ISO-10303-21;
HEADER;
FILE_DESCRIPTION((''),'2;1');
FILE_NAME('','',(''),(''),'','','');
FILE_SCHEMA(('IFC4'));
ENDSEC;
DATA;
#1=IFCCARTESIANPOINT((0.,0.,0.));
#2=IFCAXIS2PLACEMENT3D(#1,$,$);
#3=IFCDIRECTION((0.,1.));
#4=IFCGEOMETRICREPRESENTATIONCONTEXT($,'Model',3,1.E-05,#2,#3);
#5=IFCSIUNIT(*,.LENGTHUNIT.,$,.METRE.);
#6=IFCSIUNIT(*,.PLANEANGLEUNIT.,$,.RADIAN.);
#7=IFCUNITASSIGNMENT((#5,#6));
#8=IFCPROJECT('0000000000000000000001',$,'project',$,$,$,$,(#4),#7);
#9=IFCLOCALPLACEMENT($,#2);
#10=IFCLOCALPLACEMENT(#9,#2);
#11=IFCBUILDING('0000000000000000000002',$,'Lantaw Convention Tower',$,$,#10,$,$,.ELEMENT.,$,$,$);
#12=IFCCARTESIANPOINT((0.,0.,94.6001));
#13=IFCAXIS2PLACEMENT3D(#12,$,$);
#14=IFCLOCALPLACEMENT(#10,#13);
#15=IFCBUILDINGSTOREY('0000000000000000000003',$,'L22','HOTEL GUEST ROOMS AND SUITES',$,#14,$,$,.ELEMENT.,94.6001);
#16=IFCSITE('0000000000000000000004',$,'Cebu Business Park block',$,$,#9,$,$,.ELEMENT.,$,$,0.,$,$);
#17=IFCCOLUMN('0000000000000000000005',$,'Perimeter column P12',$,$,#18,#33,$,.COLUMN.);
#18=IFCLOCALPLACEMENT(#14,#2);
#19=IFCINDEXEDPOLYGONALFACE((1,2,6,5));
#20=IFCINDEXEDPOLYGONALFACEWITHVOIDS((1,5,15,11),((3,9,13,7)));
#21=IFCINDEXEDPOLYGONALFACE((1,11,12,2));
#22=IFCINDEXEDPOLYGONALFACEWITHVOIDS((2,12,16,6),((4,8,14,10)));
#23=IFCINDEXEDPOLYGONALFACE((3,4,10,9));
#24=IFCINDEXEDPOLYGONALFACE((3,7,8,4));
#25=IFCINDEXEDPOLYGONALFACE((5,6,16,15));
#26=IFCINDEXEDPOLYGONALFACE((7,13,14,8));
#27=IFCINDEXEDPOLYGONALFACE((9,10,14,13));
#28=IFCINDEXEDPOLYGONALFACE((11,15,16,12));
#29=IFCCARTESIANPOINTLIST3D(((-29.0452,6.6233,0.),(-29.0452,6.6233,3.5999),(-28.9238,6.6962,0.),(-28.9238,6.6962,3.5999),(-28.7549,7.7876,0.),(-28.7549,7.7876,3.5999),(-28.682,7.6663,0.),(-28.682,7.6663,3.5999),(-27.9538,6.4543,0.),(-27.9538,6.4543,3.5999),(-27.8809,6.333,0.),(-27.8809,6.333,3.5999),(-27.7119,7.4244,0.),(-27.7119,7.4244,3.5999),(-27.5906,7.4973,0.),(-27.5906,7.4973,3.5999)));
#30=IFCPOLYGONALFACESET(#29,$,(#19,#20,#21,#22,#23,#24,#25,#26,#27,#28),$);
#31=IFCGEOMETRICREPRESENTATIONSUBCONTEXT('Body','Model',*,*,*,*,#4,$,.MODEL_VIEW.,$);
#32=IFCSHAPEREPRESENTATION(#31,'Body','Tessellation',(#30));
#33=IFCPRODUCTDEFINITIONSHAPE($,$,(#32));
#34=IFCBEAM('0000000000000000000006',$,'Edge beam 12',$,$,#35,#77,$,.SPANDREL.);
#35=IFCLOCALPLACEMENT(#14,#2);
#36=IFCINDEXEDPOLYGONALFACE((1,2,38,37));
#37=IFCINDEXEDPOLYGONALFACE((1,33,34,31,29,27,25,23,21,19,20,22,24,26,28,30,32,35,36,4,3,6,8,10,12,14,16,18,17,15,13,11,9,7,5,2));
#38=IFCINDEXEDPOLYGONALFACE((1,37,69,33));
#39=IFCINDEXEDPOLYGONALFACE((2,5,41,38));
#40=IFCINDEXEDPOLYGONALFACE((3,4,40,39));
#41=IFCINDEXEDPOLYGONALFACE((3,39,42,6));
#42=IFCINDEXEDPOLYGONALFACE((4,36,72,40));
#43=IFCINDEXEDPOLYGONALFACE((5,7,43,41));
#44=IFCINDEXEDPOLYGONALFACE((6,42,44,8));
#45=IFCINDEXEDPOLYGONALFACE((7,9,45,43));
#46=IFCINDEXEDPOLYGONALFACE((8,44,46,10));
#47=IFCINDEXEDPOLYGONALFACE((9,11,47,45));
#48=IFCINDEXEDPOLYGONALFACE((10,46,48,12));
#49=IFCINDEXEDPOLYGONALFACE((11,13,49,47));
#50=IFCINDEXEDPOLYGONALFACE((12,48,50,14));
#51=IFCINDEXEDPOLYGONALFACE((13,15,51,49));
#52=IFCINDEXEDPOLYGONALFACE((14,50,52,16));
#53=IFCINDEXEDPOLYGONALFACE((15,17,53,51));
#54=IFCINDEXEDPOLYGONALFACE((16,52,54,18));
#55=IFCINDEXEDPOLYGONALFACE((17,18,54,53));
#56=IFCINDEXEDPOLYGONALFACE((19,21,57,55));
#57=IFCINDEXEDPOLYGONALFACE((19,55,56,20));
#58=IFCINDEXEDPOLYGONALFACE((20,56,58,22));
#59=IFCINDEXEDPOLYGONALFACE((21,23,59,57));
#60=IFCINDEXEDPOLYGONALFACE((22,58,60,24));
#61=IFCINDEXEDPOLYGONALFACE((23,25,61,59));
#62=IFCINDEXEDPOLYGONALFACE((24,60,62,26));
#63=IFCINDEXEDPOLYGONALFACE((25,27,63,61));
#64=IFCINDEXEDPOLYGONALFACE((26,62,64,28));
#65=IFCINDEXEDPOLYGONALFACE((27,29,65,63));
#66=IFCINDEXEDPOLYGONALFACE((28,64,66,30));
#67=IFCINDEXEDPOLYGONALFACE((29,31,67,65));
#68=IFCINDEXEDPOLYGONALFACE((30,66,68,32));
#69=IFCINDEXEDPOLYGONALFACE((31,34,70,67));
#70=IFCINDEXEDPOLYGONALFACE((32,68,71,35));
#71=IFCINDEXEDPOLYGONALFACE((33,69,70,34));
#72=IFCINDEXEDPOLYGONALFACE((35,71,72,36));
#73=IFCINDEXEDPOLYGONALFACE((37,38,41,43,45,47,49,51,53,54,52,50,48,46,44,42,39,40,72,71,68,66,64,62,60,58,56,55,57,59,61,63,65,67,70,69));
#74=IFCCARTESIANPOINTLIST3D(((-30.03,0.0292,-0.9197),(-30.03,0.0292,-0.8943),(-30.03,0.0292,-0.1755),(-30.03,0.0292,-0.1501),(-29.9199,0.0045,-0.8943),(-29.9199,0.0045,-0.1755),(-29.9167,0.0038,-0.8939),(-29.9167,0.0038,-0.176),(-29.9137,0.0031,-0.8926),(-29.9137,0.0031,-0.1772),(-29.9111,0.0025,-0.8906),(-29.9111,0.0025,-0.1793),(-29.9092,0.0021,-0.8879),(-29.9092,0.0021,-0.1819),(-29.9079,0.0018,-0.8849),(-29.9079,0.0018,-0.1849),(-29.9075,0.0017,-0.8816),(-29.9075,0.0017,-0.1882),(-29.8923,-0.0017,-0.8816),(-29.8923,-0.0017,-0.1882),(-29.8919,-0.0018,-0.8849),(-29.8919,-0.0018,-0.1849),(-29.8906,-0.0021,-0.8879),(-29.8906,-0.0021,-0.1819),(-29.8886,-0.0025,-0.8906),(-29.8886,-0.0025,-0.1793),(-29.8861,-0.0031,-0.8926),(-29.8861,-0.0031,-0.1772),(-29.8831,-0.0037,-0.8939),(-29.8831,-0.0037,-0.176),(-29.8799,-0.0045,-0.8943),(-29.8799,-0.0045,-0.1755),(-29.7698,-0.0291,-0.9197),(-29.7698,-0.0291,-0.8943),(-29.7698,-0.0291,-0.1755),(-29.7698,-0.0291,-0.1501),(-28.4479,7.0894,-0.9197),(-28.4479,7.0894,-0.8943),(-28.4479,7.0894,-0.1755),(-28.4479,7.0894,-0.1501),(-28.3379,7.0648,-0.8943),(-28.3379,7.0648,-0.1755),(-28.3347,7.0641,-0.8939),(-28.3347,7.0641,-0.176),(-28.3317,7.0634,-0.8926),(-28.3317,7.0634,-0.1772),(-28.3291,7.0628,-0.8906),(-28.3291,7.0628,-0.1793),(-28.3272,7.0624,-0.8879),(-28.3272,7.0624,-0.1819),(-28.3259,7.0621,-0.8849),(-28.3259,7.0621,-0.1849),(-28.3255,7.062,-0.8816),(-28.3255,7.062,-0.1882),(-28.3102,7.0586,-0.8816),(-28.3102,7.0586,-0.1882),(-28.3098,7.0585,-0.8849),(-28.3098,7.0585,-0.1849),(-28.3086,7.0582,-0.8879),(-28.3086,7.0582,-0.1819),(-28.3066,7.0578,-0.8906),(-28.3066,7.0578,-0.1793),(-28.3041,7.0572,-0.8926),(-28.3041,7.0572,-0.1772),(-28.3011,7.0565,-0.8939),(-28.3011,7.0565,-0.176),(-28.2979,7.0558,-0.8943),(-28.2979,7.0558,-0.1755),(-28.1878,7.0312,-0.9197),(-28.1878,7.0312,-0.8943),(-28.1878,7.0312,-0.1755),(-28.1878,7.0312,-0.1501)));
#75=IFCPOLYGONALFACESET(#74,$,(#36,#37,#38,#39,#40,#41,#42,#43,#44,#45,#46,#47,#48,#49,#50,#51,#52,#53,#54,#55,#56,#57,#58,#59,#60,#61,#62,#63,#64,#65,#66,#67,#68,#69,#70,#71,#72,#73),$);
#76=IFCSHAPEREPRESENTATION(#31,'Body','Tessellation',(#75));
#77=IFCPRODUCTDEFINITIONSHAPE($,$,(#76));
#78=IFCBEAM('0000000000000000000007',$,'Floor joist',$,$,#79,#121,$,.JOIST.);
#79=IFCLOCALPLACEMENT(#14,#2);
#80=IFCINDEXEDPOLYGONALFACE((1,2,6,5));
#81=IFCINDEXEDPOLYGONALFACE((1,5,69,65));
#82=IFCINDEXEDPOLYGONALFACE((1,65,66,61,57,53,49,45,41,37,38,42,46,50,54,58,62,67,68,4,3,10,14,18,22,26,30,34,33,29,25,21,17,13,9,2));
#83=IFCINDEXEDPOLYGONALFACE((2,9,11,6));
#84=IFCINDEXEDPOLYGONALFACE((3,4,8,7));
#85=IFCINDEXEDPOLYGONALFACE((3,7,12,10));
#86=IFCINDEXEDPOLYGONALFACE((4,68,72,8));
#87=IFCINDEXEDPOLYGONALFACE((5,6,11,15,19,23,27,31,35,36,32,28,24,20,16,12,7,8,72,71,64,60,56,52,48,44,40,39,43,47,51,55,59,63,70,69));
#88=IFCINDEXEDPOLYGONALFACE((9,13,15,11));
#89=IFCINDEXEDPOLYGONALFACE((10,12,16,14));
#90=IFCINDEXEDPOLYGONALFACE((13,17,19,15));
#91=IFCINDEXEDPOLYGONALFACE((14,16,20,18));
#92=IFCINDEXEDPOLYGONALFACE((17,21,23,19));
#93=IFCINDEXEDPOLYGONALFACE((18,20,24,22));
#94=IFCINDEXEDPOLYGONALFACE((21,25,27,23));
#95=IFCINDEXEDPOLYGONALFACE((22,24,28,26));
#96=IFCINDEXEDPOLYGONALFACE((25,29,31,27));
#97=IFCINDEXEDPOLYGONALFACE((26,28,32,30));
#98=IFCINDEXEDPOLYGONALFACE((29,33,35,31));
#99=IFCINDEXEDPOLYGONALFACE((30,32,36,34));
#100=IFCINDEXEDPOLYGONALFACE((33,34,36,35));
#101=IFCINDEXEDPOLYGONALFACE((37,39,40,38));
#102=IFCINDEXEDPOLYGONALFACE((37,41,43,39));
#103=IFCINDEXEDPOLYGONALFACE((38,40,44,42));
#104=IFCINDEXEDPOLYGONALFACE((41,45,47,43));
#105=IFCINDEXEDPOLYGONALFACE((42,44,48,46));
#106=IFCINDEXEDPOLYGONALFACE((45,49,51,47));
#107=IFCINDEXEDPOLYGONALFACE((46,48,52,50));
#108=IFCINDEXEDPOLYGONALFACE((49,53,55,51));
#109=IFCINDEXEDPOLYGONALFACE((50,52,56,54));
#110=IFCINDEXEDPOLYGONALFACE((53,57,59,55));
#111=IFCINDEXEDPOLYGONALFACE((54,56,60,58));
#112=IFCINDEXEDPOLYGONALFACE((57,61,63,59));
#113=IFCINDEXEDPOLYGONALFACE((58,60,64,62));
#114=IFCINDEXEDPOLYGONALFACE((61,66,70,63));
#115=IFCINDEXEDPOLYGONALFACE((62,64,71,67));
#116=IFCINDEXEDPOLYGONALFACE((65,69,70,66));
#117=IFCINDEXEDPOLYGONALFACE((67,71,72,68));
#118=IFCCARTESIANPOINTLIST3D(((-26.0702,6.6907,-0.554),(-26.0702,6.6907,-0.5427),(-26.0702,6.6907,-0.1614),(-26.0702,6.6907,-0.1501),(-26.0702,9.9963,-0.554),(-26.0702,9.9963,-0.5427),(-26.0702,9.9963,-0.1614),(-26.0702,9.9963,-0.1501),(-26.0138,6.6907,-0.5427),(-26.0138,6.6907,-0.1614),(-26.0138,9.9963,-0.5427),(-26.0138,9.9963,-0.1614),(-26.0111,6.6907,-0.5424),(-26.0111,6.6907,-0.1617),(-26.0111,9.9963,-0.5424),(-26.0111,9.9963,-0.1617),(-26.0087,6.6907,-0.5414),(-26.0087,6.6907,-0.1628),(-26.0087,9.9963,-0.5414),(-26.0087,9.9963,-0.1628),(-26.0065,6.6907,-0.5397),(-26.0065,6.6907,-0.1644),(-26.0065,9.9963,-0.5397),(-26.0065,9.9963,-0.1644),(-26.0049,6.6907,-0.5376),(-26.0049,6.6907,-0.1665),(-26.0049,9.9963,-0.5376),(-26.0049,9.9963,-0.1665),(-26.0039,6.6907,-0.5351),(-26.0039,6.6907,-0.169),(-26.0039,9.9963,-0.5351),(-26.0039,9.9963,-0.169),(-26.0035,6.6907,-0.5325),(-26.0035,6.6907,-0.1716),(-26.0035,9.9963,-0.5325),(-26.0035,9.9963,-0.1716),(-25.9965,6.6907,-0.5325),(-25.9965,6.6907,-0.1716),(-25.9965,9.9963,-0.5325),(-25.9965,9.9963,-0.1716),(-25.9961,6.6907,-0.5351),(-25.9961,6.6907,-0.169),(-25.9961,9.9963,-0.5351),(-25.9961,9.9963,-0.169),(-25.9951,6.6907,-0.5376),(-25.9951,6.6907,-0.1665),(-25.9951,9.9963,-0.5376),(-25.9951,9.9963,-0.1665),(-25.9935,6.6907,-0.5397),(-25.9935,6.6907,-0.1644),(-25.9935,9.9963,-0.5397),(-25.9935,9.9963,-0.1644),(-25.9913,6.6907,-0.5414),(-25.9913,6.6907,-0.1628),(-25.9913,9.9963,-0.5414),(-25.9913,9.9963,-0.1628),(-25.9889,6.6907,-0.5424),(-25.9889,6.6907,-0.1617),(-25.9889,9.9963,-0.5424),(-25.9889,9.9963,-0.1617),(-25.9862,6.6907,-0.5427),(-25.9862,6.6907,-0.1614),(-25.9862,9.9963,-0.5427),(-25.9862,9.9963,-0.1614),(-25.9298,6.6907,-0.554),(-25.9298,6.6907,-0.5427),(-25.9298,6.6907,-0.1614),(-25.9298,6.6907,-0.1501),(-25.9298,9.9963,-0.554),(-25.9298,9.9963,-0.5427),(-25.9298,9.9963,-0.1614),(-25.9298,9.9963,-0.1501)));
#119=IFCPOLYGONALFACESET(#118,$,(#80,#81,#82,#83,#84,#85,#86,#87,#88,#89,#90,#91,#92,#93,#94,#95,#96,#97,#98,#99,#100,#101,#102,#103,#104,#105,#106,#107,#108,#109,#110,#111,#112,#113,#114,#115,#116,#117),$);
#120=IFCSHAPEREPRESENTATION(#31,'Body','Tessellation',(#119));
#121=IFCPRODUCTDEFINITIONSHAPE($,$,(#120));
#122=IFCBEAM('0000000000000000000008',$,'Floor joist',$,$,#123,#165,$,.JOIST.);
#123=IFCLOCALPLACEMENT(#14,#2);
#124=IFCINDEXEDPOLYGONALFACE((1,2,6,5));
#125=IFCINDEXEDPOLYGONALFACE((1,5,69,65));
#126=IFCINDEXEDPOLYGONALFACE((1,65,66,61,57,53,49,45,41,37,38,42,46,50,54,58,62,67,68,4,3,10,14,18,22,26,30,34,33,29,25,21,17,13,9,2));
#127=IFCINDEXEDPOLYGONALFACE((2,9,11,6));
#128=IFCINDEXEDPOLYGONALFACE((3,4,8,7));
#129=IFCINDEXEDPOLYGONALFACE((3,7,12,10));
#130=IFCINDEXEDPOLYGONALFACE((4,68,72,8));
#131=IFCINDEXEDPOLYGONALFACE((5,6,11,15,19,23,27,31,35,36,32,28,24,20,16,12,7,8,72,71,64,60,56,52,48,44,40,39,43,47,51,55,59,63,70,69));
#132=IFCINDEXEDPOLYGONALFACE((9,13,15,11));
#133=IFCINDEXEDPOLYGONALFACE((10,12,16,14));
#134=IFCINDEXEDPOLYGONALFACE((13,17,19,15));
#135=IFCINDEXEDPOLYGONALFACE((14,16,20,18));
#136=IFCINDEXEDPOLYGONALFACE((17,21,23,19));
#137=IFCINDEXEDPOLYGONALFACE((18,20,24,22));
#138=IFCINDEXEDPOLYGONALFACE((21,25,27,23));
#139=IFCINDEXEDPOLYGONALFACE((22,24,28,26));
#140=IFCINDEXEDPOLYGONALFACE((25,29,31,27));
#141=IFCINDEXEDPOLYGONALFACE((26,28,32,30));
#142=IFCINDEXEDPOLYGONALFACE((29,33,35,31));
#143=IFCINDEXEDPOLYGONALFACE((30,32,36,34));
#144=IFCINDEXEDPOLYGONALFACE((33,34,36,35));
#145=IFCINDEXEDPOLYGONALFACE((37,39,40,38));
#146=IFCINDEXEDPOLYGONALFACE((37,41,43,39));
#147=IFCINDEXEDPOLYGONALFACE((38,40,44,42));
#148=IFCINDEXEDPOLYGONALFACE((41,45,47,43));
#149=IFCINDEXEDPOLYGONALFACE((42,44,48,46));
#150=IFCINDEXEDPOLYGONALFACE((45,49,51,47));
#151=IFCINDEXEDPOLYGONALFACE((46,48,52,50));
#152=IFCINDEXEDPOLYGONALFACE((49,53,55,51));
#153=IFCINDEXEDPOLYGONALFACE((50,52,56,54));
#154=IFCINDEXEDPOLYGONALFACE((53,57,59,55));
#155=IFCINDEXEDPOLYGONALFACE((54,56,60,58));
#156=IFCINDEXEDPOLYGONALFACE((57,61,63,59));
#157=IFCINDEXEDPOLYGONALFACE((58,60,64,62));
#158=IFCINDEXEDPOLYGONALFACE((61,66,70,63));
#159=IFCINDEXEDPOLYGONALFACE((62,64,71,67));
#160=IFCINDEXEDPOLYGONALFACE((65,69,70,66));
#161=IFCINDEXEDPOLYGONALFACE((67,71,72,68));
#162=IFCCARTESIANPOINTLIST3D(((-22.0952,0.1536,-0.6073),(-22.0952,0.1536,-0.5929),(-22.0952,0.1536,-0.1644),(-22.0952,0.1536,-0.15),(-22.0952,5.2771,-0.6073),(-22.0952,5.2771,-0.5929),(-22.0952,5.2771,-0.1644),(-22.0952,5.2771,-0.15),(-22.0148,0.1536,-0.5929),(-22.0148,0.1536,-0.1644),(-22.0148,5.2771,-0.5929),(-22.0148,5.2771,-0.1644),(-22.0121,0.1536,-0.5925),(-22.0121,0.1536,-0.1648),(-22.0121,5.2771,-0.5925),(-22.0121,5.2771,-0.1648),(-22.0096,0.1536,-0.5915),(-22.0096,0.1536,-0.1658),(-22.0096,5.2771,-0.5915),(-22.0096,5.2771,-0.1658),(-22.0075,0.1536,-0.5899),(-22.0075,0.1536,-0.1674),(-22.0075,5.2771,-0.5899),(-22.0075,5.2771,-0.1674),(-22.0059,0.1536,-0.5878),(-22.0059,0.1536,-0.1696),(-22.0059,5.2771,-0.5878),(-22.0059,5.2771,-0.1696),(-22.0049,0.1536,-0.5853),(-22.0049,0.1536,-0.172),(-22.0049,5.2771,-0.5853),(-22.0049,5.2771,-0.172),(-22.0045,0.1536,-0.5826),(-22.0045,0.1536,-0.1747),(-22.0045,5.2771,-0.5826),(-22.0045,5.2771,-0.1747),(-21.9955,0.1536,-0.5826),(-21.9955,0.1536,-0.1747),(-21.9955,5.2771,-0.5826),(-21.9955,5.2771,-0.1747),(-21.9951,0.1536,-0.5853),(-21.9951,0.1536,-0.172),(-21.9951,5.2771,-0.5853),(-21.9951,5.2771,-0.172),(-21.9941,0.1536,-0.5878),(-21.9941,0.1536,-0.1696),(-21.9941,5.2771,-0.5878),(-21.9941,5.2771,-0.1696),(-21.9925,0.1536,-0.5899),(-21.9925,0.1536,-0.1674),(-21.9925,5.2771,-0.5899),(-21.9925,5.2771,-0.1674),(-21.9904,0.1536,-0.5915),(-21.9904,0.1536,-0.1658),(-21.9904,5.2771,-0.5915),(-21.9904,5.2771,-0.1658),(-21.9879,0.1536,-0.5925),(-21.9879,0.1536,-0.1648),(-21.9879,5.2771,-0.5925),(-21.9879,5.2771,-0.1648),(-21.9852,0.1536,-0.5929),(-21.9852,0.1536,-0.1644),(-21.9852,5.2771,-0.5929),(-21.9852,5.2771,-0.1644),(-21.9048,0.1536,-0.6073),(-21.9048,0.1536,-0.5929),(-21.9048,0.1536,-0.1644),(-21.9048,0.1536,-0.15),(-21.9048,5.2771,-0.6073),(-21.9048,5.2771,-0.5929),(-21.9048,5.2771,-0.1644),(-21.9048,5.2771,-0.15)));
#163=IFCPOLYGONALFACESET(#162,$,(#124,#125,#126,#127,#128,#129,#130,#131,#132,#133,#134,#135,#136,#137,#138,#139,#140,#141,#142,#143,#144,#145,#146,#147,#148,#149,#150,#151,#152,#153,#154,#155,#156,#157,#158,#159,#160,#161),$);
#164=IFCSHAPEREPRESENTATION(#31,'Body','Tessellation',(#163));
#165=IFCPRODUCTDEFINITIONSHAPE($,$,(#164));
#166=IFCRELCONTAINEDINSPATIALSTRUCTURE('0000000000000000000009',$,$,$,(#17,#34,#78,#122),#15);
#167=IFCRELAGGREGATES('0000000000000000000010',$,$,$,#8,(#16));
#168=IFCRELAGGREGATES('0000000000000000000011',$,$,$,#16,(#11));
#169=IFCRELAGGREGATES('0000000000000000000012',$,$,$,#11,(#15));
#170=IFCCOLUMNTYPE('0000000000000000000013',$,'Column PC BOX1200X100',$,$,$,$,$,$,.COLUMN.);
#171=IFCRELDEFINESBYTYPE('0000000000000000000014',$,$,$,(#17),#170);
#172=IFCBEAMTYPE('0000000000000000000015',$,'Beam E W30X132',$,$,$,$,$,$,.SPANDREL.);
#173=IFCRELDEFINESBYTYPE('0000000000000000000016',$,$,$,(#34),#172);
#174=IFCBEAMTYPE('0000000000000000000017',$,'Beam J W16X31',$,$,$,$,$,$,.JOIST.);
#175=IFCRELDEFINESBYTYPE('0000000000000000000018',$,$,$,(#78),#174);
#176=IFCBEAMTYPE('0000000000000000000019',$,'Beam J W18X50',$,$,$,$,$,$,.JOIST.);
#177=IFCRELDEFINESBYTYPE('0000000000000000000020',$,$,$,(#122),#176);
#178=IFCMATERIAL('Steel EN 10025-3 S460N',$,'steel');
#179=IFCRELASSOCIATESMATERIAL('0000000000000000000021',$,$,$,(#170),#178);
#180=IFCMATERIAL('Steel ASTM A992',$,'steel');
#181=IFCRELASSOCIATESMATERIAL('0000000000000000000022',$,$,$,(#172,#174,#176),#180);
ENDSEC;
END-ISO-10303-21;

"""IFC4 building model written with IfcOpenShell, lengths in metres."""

from ifc_helpers import new_model, si_unit, direction, frame, origin, origin_2d, place, context, subcontext, project, spatial, rectangle, hollow_rectangle, i_section, extrude, material, material_profile, profile_set, type_object, element, save


model = new_model("IFC4")

# Units and contexts
model_context = context("Model", 3, precision=1e-05, world=origin(), true_north=direction((0.0, 1.0)))
body_context = subcontext(model_context, "Body", "Model", "MODEL_VIEW")
ifc_project = project(units=[si_unit("LENGTHUNIT", "METRE"), si_unit("PLANEANGLEUNIT", "RADIAN")], contexts=[model_context])

# Site, building, storey
site_placement = place(None, origin())
site = spatial("IfcSite", under=ifc_project, at=site_placement, Name="Cebu Business Park block", CompositionType="ELEMENT", RefElevation=0.0)
building_placement = place(site_placement, origin())
building = spatial("IfcBuilding", under=site, at=building_placement, Name="Lantaw Convention Tower", CompositionType="ELEMENT")
storey_placement = place(building_placement, frame((0.0, 0.0, 94.6001)))
storey = spatial("IfcBuildingStorey", under=building, at=storey_placement, Name="L22", Description="HOTEL GUEST ROOMS AND SUITES", CompositionType="ELEMENT", Elevation=94.6001)

# Column
ifc_material_1 = material(Name="Steel EN 10025-3 S460N", Category="steel")
ifc_material_profile_1 = material_profile(ifc_material_1, hollow_rectangle(XDim=1.2, YDim=1.2, WallThickness=0.1001, at=origin_2d()), Name="BOX1200X100")
ifc_material_2 = material(Name="Concrete C60/75", Category="concrete")
ifc_material_profile_2 = material_profile(ifc_material_2, rectangle(XDim=1.0, YDim=1.0, at=origin_2d()), Name="Concrete fill of BOX1200X100")
ifc_profile_set_1 = profile_set([ifc_material_profile_1, ifc_material_profile_2], Name="Steel EN 10025-3 S460N")
column_type = type_object("IfcColumnType", Name="Column PC BOX1200X100", PredefinedType="COLUMN", material=ifc_profile_set_1)
column_placement = place(storey_placement, frame((-28.3179, 7.0603, 0.0), z_axis=(0.0, 0.0, 1.0), x_axis=(0.241922, 0.970296, 0.0)))
element("IfcColumn", 1, at=column_placement, inside=storey, type_object=column_type, Name="Perimeter column P12", PredefinedType="COLUMN", context=body_context, shape_type="SweptSolid", body=[
    extrude(hollow_rectangle(XDim=1.2, YDim=1.2, WallThickness=0.1001, at=origin_2d()), origin(), (0.0, 0.0, 1.0), 3.5999),
])

# Beams
ifc_material_3 = material(Name="Steel ASTM A992", Category="steel")
ifc_material_profile_3 = material_profile(ifc_material_3, i_section(OverallWidth=0.2666, OverallDepth=0.7695, WebThickness=0.0156, FlangeThickness=0.0254, FilletRadius=0.0127, at=origin_2d()), Name="W30X132")
ifc_profile_set_2 = profile_set([ifc_material_profile_3], Name="Steel ASTM A992")
beam_type_1 = type_object("IfcBeamType", Name="Beam E W30X132", PredefinedType="SPANDREL", material=ifc_profile_set_2)
beam_1_placement = place(storey_placement, frame((-28.3179, 7.0603, -0.5349), z_axis=(-0.218652, -0.975803, 0.0), x_axis=(0.975803, -0.218652, 0.0)))
element("IfcBeam", 2, at=beam_1_placement, inside=storey, type_object=beam_type_1, Name="Edge beam 12", PredefinedType="SPANDREL", context=body_context, shape_type="SweptSolid", body=[
    extrude(i_section(OverallWidth=0.2666, OverallDepth=0.7695, WebThickness=0.0156, FlangeThickness=0.0254, FilletRadius=0.0127, at=origin_2d()), origin(), (0.0, 0.0, 1.0), 7.2354),
])
ifc_material_profile_4 = material_profile(ifc_material_3, i_section(OverallWidth=0.1404, OverallDepth=0.4038, WebThickness=0.0071, FlangeThickness=0.0112, FilletRadius=0.0103, at=origin_2d()), Name="W16X31")
ifc_profile_set_3 = profile_set([ifc_material_profile_4], Name="Steel ASTM A992")
beam_type_2 = type_object("IfcBeamType", Name="Beam J W16X31", PredefinedType="JOIST", material=ifc_profile_set_3)
beam_2_placement = place(storey_placement, frame((-26.0, 6.6907, -0.3521), z_axis=(0.0, 1.0, 0.0), x_axis=(-1.0, 0.0, 0.0)))
element("IfcBeam", 3, at=beam_2_placement, inside=storey, type_object=beam_type_2, Name="Floor joist", PredefinedType="JOIST", context=body_context, shape_type="SweptSolid", body=[
    extrude(i_section(OverallWidth=0.1404, OverallDepth=0.4038, WebThickness=0.0071, FlangeThickness=0.0112, FilletRadius=0.0103, at=origin_2d()), origin(), (0.0, 0.0, 1.0), 3.3057),
])
ifc_material_profile_5 = material_profile(ifc_material_3, i_section(OverallWidth=0.1904, OverallDepth=0.4573, WebThickness=0.009, FlangeThickness=0.0144, FilletRadius=0.0103, at=origin_2d()), Name="W18X50")
ifc_profile_set_4 = profile_set([ifc_material_profile_5], Name="Steel ASTM A992")
beam_type_3 = type_object("IfcBeamType", Name="Beam J W18X50", PredefinedType="JOIST", material=ifc_profile_set_4)
beam_3_placement = place(storey_placement, frame((-22.0, 0.1536, -0.3787), z_axis=(0.0, 1.0, 0.0), x_axis=(-1.0, 0.0, 0.0)))
element("IfcBeam", 4, at=beam_3_placement, inside=storey, type_object=beam_type_3, Name="Floor joist", PredefinedType="JOIST", context=body_context, shape_type="SweptSolid", body=[
    extrude(i_section(OverallWidth=0.1904, OverallDepth=0.4573, WebThickness=0.009, FlangeThickness=0.0144, FilletRadius=0.0103, at=origin_2d()), origin(), (0.0, 0.0, 1.0), 5.1235),
])

save(model, "model.ifc")
